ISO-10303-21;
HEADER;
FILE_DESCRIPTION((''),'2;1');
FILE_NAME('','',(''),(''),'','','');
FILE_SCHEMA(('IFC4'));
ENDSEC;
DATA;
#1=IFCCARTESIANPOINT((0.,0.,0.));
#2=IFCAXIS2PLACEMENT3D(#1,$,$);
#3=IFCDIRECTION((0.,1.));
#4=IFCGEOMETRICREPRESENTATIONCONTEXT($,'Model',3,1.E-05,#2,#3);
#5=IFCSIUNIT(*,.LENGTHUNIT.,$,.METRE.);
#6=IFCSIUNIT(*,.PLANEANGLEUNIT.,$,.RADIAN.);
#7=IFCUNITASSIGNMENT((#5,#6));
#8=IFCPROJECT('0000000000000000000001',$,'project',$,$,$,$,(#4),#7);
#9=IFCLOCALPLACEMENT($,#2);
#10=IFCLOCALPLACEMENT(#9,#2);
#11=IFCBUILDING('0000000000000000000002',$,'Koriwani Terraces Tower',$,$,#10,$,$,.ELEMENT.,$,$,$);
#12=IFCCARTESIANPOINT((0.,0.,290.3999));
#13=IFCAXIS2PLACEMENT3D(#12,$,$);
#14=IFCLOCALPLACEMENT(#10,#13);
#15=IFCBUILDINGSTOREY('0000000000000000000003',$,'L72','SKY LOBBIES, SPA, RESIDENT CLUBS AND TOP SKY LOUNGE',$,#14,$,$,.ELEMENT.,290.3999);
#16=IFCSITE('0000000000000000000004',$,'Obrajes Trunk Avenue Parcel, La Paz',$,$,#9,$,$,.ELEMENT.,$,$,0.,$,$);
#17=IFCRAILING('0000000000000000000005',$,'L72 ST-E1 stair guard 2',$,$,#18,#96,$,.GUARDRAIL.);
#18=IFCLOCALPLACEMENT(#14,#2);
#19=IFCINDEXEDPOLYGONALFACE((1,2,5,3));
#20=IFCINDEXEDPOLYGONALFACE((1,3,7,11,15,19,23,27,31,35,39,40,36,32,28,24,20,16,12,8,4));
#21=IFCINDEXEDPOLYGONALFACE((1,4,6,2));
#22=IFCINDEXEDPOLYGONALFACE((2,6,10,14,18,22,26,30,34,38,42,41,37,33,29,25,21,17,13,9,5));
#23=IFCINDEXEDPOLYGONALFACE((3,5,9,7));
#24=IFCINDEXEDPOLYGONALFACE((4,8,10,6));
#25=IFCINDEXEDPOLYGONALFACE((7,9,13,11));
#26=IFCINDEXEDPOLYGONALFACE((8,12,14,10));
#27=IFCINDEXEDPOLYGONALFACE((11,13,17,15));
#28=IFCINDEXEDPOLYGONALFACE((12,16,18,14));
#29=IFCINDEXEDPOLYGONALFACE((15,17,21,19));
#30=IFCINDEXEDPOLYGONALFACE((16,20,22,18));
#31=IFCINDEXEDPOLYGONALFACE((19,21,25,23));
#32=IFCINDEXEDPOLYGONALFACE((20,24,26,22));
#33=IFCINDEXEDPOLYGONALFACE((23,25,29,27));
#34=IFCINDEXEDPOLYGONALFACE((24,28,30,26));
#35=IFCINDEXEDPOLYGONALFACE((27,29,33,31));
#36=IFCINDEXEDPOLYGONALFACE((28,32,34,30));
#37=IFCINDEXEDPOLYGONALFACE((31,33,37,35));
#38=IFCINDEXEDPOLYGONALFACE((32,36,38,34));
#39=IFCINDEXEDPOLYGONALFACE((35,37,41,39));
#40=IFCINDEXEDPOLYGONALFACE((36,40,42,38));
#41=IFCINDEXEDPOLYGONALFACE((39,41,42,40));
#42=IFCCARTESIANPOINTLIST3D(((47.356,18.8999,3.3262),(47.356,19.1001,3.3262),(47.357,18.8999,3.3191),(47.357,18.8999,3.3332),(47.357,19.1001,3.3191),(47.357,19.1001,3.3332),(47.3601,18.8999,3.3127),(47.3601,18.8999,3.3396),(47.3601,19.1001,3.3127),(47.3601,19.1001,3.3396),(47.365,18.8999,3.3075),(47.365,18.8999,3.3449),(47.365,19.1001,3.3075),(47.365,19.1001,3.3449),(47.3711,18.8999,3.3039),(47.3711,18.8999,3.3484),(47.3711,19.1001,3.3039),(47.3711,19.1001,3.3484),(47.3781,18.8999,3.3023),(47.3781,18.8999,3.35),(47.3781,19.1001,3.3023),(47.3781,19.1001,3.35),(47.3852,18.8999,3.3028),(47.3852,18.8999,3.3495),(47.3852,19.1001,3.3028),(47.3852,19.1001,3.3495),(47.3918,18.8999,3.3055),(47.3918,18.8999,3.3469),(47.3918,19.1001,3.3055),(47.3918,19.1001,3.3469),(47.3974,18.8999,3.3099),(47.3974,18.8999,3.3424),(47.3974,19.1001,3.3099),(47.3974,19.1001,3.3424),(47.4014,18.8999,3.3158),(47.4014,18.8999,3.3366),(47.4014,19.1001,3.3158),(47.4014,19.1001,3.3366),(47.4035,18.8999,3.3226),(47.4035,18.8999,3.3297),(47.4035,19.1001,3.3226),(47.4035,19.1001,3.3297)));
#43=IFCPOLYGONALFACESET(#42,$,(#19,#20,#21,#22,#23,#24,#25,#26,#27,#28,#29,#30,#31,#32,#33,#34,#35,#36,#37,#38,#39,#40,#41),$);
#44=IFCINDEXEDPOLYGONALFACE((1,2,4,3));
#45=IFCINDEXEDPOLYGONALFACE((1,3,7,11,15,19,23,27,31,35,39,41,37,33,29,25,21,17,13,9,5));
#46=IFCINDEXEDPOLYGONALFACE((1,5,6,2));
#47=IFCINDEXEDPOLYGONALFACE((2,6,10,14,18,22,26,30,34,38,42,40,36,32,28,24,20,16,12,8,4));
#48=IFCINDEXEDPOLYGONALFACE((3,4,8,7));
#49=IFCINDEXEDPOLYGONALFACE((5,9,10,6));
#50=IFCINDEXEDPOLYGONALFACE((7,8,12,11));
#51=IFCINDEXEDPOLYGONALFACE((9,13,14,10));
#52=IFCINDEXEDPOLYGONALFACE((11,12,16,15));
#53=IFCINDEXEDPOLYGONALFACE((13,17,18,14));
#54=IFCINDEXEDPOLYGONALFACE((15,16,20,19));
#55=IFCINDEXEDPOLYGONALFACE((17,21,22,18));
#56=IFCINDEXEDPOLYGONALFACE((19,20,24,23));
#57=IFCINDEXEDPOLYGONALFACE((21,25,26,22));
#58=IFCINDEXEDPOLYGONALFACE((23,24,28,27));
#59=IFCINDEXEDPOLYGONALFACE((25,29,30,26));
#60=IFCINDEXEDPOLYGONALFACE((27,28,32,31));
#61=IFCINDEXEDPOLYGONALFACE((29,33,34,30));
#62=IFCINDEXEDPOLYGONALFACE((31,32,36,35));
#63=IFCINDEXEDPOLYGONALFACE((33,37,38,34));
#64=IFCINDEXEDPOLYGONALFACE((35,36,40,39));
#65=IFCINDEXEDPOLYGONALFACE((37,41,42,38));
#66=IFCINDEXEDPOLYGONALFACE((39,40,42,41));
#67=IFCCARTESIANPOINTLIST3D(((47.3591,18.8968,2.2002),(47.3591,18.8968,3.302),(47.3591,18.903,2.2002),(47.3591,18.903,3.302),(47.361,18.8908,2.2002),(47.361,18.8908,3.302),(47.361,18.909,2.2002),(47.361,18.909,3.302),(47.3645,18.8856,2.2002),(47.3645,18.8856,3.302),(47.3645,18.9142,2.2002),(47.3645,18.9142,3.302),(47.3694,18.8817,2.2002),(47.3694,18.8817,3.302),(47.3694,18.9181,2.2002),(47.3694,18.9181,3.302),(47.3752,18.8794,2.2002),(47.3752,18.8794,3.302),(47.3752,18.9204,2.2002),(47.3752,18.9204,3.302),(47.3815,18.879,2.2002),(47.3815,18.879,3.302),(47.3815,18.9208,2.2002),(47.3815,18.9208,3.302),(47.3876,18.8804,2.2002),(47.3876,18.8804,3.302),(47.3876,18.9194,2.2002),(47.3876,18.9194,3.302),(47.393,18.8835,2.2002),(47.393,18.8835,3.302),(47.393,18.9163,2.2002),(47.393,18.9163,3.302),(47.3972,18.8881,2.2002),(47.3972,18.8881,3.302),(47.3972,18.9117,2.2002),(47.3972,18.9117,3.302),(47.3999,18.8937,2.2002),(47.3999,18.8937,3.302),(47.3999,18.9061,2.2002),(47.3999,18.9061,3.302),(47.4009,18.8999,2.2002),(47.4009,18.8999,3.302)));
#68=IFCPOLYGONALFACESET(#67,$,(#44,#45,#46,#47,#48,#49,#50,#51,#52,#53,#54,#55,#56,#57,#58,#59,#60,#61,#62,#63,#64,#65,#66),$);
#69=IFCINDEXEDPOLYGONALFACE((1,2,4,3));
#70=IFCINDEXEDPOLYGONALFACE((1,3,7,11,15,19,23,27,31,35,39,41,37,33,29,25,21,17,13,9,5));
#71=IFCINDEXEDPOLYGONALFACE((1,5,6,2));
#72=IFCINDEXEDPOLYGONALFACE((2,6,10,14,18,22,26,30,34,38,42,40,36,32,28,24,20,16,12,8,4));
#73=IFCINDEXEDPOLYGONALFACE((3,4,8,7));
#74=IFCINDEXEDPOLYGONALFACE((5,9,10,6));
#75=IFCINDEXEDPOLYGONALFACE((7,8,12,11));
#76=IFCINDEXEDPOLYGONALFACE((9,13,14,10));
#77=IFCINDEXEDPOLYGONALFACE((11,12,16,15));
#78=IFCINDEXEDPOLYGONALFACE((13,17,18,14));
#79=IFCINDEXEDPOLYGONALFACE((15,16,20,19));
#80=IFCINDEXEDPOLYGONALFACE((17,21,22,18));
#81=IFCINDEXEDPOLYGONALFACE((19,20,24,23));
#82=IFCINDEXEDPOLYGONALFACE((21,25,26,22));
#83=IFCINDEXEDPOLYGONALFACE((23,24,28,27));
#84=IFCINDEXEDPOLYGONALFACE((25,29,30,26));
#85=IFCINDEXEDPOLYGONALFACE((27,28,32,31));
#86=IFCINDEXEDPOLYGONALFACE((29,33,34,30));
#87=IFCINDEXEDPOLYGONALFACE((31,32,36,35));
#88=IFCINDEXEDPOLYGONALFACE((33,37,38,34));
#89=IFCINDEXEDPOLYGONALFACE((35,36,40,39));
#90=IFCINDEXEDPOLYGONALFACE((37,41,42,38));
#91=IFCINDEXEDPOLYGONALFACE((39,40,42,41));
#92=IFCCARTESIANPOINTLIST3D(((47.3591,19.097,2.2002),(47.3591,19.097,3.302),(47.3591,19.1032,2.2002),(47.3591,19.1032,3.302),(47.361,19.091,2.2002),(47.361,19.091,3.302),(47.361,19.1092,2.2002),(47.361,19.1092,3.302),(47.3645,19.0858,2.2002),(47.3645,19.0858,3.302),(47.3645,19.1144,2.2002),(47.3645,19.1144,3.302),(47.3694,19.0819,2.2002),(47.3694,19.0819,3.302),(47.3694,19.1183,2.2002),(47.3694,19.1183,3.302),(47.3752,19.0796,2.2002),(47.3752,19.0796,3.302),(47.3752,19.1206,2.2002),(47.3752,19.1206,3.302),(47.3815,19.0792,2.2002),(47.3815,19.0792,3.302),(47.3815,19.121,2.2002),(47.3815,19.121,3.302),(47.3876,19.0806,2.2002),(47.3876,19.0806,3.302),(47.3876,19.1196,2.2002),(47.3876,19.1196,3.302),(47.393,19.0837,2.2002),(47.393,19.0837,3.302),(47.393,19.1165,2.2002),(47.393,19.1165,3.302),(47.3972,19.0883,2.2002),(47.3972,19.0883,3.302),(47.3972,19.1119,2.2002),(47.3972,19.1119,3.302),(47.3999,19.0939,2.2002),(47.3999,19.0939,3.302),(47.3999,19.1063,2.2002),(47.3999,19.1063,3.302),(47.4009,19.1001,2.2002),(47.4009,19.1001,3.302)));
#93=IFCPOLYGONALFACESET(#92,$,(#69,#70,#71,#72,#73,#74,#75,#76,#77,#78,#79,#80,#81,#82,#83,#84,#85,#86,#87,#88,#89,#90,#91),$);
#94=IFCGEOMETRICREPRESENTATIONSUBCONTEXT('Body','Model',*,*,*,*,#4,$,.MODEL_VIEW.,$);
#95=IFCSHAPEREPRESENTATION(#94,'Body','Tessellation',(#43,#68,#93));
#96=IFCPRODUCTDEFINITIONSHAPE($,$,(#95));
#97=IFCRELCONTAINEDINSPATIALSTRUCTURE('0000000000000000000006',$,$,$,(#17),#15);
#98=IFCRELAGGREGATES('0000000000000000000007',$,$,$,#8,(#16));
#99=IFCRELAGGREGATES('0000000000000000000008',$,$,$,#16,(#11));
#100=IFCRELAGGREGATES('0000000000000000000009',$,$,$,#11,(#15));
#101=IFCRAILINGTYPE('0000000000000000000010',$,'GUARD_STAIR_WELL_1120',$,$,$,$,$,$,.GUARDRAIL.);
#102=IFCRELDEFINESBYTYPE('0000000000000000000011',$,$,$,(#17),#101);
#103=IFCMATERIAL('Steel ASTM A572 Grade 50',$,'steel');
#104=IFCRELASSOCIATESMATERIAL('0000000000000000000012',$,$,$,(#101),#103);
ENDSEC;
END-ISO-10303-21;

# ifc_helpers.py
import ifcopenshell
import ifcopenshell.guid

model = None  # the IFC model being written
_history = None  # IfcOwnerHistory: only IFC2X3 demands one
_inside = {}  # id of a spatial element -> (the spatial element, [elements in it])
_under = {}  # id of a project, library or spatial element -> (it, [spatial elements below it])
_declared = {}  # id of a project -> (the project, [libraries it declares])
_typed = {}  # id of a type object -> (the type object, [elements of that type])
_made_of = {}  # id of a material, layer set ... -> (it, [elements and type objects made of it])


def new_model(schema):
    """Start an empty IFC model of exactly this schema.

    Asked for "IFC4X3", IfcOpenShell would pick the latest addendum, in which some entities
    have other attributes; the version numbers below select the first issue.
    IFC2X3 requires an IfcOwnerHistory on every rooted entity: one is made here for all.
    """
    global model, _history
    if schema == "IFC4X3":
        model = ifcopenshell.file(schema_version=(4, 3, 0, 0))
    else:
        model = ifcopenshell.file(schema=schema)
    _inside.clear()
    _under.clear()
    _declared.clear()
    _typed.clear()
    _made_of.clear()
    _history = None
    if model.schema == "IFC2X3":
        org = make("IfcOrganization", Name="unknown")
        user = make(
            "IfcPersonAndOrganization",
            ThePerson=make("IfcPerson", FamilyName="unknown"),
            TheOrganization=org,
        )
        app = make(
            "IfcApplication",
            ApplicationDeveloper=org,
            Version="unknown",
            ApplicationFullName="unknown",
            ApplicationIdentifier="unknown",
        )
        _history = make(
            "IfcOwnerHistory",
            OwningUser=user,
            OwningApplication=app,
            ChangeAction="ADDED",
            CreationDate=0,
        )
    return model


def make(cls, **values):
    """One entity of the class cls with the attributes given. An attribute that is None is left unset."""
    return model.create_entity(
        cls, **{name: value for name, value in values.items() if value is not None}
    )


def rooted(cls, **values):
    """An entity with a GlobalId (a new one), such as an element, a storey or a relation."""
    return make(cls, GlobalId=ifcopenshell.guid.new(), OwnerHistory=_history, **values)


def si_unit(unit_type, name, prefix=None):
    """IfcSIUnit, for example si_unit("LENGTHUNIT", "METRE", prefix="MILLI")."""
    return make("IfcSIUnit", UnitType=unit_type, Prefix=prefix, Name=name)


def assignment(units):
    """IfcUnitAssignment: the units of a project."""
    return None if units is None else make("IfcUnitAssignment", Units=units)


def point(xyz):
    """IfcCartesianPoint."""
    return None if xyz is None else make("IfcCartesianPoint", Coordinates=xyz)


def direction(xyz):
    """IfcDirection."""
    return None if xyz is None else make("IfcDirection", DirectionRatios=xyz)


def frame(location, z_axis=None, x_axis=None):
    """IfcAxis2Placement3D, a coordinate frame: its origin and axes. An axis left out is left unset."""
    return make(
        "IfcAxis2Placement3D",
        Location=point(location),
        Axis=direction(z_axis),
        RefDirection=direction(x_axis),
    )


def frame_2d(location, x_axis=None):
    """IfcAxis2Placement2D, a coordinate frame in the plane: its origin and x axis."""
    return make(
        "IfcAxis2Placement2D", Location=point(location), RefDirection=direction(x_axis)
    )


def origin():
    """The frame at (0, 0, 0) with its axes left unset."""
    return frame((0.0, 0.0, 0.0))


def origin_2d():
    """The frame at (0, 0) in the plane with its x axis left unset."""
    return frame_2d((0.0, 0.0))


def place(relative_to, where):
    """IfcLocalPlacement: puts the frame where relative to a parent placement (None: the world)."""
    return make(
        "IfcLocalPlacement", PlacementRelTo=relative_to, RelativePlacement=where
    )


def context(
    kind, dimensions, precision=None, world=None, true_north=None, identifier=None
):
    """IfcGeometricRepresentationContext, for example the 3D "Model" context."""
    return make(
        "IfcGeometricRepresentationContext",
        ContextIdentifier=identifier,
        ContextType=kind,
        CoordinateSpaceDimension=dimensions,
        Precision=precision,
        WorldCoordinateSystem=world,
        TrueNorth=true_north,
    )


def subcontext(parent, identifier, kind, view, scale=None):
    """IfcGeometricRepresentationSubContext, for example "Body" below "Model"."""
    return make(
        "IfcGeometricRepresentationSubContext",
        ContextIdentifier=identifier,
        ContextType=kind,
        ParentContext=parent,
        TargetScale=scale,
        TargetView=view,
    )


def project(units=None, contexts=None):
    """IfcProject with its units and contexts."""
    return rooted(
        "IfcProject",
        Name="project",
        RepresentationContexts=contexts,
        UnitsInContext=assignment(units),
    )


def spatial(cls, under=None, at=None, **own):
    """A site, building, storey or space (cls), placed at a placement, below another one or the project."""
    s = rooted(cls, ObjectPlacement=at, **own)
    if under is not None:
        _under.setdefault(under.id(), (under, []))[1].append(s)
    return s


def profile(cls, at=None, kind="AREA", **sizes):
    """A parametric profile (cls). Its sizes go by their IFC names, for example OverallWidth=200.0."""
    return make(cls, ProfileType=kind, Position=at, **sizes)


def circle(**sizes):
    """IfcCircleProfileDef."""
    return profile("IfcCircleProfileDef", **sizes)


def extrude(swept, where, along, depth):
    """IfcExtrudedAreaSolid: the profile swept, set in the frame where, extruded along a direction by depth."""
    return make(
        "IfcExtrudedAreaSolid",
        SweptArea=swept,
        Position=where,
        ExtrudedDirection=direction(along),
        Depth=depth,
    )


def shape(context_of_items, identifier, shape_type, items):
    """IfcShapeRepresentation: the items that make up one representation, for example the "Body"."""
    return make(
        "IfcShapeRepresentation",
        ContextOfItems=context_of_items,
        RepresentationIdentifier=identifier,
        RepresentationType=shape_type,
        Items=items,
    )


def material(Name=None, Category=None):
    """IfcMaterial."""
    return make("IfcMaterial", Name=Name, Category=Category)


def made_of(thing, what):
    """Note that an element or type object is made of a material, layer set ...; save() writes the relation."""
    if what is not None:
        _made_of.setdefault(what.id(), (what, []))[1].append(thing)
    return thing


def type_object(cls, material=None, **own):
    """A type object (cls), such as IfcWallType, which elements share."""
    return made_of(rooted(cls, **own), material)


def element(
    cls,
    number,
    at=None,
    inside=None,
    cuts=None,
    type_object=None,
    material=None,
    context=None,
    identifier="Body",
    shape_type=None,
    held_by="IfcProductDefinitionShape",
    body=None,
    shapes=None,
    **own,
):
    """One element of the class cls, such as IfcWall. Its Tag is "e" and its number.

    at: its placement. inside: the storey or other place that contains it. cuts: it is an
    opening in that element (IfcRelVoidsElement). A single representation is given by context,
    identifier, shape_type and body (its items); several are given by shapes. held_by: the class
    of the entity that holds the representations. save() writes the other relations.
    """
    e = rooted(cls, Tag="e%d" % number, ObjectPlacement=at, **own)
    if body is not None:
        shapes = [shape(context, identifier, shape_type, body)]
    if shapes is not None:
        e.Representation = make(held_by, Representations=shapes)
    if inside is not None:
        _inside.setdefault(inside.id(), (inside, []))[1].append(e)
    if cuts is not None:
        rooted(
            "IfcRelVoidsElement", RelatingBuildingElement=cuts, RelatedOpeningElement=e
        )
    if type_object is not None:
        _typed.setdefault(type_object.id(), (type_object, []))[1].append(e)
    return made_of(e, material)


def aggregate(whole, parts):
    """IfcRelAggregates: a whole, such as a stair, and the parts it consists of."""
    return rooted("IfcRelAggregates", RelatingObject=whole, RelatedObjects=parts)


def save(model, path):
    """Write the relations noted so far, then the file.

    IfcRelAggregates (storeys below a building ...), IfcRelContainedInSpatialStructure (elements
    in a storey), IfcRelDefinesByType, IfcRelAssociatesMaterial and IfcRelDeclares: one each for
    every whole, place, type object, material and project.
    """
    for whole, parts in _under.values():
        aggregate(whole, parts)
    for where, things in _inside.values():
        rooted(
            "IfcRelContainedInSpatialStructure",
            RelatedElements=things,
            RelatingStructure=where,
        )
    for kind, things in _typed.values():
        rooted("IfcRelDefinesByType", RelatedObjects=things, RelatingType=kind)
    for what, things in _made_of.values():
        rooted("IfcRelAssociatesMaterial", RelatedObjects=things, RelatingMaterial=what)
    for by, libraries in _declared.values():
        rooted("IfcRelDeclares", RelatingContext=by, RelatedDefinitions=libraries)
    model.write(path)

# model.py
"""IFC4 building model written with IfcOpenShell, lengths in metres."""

from ifc_helpers import new_model, si_unit, direction, frame, origin, origin_2d, place, context, subcontext, project, spatial, circle, extrude, material, type_object, element, save


model = new_model("IFC4")

# Units and contexts
model_context = context("Model", 3, precision=1e-05, world=origin(), true_north=direction((0.0, 1.0)))
body_context = subcontext(model_context, "Body", "Model", "MODEL_VIEW")
ifc_project = project(units=[si_unit("LENGTHUNIT", "METRE"), si_unit("PLANEANGLEUNIT", "RADIAN")], contexts=[model_context])

# Site, building, storey
site_placement = place(None, origin())
site = spatial("IfcSite", under=ifc_project, at=site_placement, Name="Obrajes Trunk Avenue Parcel, La Paz", CompositionType="ELEMENT", RefElevation=0.0)
building_placement = place(site_placement, origin())
building = spatial("IfcBuilding", under=site, at=building_placement, Name="Koriwani Terraces Tower", CompositionType="ELEMENT")
storey_placement = place(building_placement, frame((0.0, 0.0, 290.3999)))
storey = spatial("IfcBuildingStorey", under=building, at=storey_placement, Name="L72", Description="SKY LOBBIES, SPA, RESIDENT CLUBS AND TOP SKY LOUNGE", CompositionType="ELEMENT", Elevation=290.3999)

# Shared definitions
ifc_material_1 = material(Name="Steel ASTM A572 Grade 50", Category="steel")

# Railing
railing_type_1 = type_object("IfcRailingType", Name="GUARD_STAIR_WELL_1120", PredefinedType="GUARDRAIL", material=ifc_material_1)
railing_1_placement = place(storey_placement, frame((47.3799, 18.8999, 2.2002)))
element("IfcRailing", 1, at=railing_1_placement, inside=storey, type_object=railing_type_1, Name="L72 ST-E1 stair guard 2", PredefinedType="GUARDRAIL", context=body_context, shape_type="SweptSolid", body=[
    extrude(circle(Radius=0.0239, at=origin_2d()), frame((0.0, 0.0, 1.126), z_axis=(0.0, 1.0, 0.0), x_axis=(-1.0, 0.0, 0.0)), (0.0, 0.0, 1.0), 0.2002),
    extrude(circle(Radius=0.021, at=origin_2d()), origin(), (0.0, 0.0, 1.0), 1.1018),
    extrude(circle(Radius=0.021, at=origin_2d()), frame((0.0, 0.2002, 0.0)), (0.0, 0.0, 1.0), 1.1018),
])

save(model, "model.ifc")
